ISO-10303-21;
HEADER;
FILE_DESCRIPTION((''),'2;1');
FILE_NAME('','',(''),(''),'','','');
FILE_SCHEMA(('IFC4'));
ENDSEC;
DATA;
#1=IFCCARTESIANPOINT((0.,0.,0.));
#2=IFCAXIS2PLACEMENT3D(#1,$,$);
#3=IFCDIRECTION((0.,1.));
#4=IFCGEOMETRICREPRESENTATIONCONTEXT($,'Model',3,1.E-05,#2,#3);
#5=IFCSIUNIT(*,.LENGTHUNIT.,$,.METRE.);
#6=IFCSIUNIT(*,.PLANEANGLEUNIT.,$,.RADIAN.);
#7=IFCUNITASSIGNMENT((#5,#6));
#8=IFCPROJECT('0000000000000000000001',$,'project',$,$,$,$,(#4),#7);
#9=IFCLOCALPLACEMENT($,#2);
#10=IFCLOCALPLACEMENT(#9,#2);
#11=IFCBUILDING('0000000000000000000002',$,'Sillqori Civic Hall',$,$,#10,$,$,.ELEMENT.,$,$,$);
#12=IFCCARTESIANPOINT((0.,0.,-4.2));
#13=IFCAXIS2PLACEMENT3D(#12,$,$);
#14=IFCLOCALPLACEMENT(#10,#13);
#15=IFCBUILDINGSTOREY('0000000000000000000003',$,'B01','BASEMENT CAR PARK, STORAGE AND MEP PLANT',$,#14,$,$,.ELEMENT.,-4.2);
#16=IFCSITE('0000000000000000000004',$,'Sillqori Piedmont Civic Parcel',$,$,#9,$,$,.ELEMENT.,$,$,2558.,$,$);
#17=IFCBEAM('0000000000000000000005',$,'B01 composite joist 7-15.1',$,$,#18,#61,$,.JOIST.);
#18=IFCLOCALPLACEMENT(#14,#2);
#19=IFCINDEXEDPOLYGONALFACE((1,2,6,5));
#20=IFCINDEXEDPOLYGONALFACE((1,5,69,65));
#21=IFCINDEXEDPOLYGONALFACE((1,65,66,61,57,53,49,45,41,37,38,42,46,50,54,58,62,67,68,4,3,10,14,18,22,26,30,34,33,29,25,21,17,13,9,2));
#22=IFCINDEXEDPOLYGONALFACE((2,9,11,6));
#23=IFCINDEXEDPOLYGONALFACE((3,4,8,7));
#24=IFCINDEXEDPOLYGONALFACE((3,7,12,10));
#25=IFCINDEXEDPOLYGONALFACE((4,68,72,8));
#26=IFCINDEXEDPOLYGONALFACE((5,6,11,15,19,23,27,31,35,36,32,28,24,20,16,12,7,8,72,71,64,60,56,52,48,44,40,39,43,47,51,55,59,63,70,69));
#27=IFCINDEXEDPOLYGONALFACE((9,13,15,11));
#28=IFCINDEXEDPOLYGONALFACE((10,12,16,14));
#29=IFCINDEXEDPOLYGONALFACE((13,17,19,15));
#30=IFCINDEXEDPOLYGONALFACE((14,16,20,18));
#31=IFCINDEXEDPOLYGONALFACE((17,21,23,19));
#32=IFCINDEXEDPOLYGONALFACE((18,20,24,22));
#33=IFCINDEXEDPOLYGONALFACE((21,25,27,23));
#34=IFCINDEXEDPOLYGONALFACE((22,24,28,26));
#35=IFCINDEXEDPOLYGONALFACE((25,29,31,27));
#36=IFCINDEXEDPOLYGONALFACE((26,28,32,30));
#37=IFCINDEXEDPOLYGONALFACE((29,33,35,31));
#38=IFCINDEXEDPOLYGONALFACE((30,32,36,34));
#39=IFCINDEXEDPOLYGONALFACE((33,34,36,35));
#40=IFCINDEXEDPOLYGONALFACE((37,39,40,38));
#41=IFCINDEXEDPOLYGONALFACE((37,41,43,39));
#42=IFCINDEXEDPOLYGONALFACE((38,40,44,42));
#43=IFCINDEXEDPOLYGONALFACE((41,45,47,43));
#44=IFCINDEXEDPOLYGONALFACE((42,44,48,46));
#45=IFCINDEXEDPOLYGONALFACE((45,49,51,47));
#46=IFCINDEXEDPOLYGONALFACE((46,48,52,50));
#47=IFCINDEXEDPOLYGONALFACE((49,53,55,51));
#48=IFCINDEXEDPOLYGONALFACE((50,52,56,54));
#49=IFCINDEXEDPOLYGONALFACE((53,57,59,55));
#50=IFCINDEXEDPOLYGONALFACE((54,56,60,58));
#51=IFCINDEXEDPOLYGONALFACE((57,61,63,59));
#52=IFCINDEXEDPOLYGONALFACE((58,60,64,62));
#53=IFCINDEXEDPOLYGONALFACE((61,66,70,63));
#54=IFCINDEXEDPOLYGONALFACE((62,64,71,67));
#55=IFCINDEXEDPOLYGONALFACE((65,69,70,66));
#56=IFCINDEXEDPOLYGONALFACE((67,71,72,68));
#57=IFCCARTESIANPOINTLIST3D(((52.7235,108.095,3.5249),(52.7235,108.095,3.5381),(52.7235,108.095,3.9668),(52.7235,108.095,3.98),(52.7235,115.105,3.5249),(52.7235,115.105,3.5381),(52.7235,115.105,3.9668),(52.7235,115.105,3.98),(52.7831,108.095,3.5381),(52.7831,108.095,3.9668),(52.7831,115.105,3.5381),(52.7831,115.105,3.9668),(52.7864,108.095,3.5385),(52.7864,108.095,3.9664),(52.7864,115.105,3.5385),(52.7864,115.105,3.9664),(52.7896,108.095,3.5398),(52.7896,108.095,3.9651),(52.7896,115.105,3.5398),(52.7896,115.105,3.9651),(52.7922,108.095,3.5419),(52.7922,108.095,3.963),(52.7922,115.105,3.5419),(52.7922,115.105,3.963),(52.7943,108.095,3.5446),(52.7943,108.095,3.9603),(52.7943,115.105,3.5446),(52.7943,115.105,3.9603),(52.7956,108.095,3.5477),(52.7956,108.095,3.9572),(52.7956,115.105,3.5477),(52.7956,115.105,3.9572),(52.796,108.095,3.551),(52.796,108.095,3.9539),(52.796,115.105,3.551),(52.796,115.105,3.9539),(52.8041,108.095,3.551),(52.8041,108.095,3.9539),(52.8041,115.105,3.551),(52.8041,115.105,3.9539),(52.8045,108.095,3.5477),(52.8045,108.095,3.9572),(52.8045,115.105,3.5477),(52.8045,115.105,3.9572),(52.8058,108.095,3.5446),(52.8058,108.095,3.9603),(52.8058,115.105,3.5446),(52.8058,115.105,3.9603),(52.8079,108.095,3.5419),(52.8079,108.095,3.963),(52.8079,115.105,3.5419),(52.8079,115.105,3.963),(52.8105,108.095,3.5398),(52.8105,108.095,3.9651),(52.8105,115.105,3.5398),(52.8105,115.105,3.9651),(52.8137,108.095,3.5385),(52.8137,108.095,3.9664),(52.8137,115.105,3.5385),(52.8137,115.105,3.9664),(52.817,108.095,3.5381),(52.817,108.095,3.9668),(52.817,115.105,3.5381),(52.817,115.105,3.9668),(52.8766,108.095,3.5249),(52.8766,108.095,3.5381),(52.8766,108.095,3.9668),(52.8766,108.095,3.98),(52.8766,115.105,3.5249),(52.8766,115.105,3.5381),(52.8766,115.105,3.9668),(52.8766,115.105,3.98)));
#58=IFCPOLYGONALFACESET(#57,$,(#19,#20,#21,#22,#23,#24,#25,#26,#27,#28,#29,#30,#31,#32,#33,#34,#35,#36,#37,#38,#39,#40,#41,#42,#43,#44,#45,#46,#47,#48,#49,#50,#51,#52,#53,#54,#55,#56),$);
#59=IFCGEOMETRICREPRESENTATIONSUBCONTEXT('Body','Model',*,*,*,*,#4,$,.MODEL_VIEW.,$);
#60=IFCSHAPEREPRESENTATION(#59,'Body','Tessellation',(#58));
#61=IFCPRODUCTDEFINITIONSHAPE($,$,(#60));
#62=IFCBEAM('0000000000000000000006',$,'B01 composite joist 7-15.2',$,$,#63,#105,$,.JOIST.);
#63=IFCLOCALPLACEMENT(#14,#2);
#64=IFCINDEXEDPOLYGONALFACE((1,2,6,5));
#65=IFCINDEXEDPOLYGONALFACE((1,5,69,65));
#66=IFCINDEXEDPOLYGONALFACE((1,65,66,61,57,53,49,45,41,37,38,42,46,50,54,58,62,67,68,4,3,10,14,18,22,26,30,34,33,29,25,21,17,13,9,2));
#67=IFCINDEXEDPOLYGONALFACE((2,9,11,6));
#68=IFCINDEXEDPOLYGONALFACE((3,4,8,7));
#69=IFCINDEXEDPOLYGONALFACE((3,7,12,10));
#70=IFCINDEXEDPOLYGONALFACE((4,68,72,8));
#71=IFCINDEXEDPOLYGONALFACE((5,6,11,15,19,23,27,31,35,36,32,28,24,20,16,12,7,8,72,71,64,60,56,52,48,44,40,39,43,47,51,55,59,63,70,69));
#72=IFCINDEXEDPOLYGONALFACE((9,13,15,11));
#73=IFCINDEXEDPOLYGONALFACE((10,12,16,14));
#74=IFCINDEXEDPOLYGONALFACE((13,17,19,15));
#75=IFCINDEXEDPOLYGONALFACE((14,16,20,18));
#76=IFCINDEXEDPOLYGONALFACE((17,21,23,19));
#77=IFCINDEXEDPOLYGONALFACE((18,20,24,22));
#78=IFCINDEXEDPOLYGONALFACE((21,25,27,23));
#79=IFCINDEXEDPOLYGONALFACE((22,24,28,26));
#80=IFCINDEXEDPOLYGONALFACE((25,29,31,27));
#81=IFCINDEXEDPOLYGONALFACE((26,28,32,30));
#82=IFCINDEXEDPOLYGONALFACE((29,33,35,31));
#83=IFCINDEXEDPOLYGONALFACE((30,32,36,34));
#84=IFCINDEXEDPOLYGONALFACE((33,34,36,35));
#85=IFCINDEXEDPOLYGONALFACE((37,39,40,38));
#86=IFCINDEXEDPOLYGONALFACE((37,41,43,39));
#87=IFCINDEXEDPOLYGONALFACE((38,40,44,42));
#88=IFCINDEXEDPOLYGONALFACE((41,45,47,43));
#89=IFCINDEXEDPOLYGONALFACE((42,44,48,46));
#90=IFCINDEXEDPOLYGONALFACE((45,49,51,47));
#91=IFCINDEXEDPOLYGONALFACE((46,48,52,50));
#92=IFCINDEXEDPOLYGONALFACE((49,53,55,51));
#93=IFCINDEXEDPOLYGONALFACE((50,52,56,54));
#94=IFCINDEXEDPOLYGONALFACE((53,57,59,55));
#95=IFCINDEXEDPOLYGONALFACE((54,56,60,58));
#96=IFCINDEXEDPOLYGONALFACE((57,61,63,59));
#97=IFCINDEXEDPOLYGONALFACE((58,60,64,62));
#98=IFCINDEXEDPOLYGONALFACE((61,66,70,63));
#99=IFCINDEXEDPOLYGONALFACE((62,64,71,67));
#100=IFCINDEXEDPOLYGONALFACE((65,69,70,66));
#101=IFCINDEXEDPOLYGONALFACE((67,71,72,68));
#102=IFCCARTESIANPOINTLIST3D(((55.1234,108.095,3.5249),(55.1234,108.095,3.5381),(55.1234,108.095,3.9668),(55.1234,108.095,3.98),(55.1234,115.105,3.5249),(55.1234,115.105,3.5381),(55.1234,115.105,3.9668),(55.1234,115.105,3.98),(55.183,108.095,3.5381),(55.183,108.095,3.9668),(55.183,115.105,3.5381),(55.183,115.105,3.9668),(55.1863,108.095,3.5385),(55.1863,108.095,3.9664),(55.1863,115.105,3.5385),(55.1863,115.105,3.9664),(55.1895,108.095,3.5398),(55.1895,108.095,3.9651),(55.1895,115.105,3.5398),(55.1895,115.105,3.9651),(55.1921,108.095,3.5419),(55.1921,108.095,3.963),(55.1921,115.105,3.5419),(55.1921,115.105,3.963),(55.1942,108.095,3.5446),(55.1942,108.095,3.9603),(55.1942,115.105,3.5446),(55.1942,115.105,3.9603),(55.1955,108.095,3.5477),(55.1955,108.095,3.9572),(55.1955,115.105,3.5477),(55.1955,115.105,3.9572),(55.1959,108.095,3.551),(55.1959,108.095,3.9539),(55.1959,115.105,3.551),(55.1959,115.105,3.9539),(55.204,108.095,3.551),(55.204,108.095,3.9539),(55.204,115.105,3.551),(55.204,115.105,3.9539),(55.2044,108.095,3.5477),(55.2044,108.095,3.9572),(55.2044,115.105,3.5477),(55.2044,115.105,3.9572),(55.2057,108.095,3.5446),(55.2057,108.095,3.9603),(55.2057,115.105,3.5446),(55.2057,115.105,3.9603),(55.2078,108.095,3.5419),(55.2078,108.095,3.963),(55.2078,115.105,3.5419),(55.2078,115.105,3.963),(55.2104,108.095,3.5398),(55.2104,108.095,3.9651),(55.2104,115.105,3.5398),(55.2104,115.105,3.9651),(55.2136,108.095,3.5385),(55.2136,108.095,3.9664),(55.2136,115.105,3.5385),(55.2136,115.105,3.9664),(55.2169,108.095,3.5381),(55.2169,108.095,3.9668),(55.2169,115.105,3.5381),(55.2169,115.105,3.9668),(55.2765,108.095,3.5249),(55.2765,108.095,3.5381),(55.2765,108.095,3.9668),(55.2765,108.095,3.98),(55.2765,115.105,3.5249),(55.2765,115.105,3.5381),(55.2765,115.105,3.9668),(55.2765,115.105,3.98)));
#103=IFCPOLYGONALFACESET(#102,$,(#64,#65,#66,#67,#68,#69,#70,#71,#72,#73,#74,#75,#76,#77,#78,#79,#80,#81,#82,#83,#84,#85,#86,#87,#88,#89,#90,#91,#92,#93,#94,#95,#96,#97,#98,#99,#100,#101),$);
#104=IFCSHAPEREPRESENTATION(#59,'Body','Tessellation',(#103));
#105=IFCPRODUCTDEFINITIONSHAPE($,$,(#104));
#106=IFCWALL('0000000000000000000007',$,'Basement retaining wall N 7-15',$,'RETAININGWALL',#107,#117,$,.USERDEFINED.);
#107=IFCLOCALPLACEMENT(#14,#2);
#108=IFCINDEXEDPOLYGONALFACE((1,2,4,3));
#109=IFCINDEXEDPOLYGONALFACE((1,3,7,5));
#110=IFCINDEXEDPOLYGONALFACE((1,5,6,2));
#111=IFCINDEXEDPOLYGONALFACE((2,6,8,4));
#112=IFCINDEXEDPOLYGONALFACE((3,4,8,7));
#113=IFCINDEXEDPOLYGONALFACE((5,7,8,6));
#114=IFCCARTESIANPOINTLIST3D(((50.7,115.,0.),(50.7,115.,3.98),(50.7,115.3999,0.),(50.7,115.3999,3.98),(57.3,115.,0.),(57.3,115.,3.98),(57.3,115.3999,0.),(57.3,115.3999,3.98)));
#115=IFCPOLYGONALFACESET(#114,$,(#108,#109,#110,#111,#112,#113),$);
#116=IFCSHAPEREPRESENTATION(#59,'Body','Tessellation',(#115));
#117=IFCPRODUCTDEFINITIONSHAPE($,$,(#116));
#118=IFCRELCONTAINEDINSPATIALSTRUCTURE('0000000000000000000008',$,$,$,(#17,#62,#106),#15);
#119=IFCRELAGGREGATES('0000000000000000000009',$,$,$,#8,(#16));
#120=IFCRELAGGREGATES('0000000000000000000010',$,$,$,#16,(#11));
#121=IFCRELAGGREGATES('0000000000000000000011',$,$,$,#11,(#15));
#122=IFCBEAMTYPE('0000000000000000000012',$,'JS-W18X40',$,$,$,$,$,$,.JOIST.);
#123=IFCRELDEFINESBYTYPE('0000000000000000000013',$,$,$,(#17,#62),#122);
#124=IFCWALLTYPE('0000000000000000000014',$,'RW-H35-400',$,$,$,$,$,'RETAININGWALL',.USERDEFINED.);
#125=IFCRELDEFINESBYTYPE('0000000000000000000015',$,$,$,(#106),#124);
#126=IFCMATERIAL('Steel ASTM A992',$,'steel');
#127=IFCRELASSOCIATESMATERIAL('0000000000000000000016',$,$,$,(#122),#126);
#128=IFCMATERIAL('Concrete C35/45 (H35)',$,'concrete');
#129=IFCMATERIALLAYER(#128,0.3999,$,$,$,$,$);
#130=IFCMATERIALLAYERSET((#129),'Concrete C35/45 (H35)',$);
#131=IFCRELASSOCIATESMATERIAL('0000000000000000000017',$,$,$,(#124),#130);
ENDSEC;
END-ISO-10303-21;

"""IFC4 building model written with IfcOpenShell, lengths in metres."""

from ifc_helpers import new_model, si_unit, direction, frame, frame_2d, origin, origin_2d, place, context, subcontext, project, spatial, rectangle, i_section, extrude, material, layer, layer_set, material_profile, profile_set, type_object, element, save


model = new_model("IFC4")

# Units and contexts
model_context = context("Model", 3, precision=1e-05, world=origin(), true_north=direction((0.0, 1.0)))
body_context = subcontext(model_context, "Body", "Model", "MODEL_VIEW")
ifc_project = project(units=[si_unit("LENGTHUNIT", "METRE"), si_unit("PLANEANGLEUNIT", "RADIAN")], contexts=[model_context])

# Site, building, storey
site_placement = place(None, origin())
site = spatial("IfcSite", under=ifc_project, at=site_placement, Name="Sillqori Piedmont Civic Parcel", CompositionType="ELEMENT", RefElevation=2558.0)
building_placement = place(site_placement, origin())
building = spatial("IfcBuilding", under=site, at=building_placement, Name="Sillqori Civic Hall", CompositionType="ELEMENT")
storey_placement = place(building_placement, frame((0.0, 0.0, -4.2)))
storey = spatial("IfcBuildingStorey", under=building, at=storey_placement, Name="B01", Description="BASEMENT CAR PARK, STORAGE AND MEP PLANT", CompositionType="ELEMENT", Elevation=-4.2)

# Shared definitions
ifc_material_1 = material(Name="Concrete C35/45 (H35)", Category="concrete")

# Shared definitions
ifc_material_2 = material(Name="Steel ASTM A992", Category="steel")

# Beams
ifc_material_profile_1 = material_profile(ifc_material_2, i_section(OverallWidth=0.1531, OverallDepth=0.4551, WebThickness=0.0081, FlangeThickness=0.0132, FilletRadius=0.0129, at=origin_2d()), Name="W18X40")
ifc_profile_set_1 = profile_set([ifc_material_profile_1], Name="Steel ASTM A992")
beam_type_1 = type_object("IfcBeamType", Name="JS-W18X40", PredefinedType="JOIST", material=ifc_profile_set_1)
for number, where, z_axis, x_axis, name in (
    (1, (52.8, 108.095, 3.7524), (0.0, 1.0, 0.0), (-1.0, 0.0, 0.0), "B01 composite joist 7-15.1"),
    (2, (55.2, 108.095, 3.7524), (0.0, 1.0, 0.0), (-1.0, 0.0, 0.0), "B01 composite joist 7-15.2"),
):
    element("IfcBeam", number, at=place(storey_placement, frame(where, z_axis=z_axis, x_axis=x_axis)), inside=storey, type_object=beam_type_1, Name=name, PredefinedType="JOIST", context=body_context, shape_type="SweptSolid", body=[
        extrude(i_section(OverallWidth=0.1531, OverallDepth=0.4551, WebThickness=0.0081, FlangeThickness=0.0132, FilletRadius=0.0129, at=origin_2d()), origin(), (0.0, 0.0, 1.0), 7.01),
    ])

# Wall
ifc_layer = layer(ifc_material_1, 0.3999)
ifc_layer_set = layer_set([ifc_layer], Name="Concrete C35/45 (H35)")
wall_type = type_object("IfcWallType", Name="RW-H35-400", ElementType="RETAININGWALL", PredefinedType="USERDEFINED", material=ifc_layer_set)
wall_placement = place(storey_placement, frame((50.7, 115.2, 0.0), z_axis=(0.0, 0.0, 1.0), x_axis=(1.0, 0.0, 0.0)))
element("IfcWall", 3, at=wall_placement, inside=storey, type_object=wall_type, Name="Basement retaining wall N 7-15", ObjectType="RETAININGWALL", PredefinedType="USERDEFINED", context=body_context, shape_type="SweptSolid", body=[
    extrude(rectangle(XDim=6.6001, YDim=0.3999, at=frame_2d((3.3, 0.0))), origin(), (0.0, 0.0, 1.0), 3.98),
])

save(model, "model.ifc")
